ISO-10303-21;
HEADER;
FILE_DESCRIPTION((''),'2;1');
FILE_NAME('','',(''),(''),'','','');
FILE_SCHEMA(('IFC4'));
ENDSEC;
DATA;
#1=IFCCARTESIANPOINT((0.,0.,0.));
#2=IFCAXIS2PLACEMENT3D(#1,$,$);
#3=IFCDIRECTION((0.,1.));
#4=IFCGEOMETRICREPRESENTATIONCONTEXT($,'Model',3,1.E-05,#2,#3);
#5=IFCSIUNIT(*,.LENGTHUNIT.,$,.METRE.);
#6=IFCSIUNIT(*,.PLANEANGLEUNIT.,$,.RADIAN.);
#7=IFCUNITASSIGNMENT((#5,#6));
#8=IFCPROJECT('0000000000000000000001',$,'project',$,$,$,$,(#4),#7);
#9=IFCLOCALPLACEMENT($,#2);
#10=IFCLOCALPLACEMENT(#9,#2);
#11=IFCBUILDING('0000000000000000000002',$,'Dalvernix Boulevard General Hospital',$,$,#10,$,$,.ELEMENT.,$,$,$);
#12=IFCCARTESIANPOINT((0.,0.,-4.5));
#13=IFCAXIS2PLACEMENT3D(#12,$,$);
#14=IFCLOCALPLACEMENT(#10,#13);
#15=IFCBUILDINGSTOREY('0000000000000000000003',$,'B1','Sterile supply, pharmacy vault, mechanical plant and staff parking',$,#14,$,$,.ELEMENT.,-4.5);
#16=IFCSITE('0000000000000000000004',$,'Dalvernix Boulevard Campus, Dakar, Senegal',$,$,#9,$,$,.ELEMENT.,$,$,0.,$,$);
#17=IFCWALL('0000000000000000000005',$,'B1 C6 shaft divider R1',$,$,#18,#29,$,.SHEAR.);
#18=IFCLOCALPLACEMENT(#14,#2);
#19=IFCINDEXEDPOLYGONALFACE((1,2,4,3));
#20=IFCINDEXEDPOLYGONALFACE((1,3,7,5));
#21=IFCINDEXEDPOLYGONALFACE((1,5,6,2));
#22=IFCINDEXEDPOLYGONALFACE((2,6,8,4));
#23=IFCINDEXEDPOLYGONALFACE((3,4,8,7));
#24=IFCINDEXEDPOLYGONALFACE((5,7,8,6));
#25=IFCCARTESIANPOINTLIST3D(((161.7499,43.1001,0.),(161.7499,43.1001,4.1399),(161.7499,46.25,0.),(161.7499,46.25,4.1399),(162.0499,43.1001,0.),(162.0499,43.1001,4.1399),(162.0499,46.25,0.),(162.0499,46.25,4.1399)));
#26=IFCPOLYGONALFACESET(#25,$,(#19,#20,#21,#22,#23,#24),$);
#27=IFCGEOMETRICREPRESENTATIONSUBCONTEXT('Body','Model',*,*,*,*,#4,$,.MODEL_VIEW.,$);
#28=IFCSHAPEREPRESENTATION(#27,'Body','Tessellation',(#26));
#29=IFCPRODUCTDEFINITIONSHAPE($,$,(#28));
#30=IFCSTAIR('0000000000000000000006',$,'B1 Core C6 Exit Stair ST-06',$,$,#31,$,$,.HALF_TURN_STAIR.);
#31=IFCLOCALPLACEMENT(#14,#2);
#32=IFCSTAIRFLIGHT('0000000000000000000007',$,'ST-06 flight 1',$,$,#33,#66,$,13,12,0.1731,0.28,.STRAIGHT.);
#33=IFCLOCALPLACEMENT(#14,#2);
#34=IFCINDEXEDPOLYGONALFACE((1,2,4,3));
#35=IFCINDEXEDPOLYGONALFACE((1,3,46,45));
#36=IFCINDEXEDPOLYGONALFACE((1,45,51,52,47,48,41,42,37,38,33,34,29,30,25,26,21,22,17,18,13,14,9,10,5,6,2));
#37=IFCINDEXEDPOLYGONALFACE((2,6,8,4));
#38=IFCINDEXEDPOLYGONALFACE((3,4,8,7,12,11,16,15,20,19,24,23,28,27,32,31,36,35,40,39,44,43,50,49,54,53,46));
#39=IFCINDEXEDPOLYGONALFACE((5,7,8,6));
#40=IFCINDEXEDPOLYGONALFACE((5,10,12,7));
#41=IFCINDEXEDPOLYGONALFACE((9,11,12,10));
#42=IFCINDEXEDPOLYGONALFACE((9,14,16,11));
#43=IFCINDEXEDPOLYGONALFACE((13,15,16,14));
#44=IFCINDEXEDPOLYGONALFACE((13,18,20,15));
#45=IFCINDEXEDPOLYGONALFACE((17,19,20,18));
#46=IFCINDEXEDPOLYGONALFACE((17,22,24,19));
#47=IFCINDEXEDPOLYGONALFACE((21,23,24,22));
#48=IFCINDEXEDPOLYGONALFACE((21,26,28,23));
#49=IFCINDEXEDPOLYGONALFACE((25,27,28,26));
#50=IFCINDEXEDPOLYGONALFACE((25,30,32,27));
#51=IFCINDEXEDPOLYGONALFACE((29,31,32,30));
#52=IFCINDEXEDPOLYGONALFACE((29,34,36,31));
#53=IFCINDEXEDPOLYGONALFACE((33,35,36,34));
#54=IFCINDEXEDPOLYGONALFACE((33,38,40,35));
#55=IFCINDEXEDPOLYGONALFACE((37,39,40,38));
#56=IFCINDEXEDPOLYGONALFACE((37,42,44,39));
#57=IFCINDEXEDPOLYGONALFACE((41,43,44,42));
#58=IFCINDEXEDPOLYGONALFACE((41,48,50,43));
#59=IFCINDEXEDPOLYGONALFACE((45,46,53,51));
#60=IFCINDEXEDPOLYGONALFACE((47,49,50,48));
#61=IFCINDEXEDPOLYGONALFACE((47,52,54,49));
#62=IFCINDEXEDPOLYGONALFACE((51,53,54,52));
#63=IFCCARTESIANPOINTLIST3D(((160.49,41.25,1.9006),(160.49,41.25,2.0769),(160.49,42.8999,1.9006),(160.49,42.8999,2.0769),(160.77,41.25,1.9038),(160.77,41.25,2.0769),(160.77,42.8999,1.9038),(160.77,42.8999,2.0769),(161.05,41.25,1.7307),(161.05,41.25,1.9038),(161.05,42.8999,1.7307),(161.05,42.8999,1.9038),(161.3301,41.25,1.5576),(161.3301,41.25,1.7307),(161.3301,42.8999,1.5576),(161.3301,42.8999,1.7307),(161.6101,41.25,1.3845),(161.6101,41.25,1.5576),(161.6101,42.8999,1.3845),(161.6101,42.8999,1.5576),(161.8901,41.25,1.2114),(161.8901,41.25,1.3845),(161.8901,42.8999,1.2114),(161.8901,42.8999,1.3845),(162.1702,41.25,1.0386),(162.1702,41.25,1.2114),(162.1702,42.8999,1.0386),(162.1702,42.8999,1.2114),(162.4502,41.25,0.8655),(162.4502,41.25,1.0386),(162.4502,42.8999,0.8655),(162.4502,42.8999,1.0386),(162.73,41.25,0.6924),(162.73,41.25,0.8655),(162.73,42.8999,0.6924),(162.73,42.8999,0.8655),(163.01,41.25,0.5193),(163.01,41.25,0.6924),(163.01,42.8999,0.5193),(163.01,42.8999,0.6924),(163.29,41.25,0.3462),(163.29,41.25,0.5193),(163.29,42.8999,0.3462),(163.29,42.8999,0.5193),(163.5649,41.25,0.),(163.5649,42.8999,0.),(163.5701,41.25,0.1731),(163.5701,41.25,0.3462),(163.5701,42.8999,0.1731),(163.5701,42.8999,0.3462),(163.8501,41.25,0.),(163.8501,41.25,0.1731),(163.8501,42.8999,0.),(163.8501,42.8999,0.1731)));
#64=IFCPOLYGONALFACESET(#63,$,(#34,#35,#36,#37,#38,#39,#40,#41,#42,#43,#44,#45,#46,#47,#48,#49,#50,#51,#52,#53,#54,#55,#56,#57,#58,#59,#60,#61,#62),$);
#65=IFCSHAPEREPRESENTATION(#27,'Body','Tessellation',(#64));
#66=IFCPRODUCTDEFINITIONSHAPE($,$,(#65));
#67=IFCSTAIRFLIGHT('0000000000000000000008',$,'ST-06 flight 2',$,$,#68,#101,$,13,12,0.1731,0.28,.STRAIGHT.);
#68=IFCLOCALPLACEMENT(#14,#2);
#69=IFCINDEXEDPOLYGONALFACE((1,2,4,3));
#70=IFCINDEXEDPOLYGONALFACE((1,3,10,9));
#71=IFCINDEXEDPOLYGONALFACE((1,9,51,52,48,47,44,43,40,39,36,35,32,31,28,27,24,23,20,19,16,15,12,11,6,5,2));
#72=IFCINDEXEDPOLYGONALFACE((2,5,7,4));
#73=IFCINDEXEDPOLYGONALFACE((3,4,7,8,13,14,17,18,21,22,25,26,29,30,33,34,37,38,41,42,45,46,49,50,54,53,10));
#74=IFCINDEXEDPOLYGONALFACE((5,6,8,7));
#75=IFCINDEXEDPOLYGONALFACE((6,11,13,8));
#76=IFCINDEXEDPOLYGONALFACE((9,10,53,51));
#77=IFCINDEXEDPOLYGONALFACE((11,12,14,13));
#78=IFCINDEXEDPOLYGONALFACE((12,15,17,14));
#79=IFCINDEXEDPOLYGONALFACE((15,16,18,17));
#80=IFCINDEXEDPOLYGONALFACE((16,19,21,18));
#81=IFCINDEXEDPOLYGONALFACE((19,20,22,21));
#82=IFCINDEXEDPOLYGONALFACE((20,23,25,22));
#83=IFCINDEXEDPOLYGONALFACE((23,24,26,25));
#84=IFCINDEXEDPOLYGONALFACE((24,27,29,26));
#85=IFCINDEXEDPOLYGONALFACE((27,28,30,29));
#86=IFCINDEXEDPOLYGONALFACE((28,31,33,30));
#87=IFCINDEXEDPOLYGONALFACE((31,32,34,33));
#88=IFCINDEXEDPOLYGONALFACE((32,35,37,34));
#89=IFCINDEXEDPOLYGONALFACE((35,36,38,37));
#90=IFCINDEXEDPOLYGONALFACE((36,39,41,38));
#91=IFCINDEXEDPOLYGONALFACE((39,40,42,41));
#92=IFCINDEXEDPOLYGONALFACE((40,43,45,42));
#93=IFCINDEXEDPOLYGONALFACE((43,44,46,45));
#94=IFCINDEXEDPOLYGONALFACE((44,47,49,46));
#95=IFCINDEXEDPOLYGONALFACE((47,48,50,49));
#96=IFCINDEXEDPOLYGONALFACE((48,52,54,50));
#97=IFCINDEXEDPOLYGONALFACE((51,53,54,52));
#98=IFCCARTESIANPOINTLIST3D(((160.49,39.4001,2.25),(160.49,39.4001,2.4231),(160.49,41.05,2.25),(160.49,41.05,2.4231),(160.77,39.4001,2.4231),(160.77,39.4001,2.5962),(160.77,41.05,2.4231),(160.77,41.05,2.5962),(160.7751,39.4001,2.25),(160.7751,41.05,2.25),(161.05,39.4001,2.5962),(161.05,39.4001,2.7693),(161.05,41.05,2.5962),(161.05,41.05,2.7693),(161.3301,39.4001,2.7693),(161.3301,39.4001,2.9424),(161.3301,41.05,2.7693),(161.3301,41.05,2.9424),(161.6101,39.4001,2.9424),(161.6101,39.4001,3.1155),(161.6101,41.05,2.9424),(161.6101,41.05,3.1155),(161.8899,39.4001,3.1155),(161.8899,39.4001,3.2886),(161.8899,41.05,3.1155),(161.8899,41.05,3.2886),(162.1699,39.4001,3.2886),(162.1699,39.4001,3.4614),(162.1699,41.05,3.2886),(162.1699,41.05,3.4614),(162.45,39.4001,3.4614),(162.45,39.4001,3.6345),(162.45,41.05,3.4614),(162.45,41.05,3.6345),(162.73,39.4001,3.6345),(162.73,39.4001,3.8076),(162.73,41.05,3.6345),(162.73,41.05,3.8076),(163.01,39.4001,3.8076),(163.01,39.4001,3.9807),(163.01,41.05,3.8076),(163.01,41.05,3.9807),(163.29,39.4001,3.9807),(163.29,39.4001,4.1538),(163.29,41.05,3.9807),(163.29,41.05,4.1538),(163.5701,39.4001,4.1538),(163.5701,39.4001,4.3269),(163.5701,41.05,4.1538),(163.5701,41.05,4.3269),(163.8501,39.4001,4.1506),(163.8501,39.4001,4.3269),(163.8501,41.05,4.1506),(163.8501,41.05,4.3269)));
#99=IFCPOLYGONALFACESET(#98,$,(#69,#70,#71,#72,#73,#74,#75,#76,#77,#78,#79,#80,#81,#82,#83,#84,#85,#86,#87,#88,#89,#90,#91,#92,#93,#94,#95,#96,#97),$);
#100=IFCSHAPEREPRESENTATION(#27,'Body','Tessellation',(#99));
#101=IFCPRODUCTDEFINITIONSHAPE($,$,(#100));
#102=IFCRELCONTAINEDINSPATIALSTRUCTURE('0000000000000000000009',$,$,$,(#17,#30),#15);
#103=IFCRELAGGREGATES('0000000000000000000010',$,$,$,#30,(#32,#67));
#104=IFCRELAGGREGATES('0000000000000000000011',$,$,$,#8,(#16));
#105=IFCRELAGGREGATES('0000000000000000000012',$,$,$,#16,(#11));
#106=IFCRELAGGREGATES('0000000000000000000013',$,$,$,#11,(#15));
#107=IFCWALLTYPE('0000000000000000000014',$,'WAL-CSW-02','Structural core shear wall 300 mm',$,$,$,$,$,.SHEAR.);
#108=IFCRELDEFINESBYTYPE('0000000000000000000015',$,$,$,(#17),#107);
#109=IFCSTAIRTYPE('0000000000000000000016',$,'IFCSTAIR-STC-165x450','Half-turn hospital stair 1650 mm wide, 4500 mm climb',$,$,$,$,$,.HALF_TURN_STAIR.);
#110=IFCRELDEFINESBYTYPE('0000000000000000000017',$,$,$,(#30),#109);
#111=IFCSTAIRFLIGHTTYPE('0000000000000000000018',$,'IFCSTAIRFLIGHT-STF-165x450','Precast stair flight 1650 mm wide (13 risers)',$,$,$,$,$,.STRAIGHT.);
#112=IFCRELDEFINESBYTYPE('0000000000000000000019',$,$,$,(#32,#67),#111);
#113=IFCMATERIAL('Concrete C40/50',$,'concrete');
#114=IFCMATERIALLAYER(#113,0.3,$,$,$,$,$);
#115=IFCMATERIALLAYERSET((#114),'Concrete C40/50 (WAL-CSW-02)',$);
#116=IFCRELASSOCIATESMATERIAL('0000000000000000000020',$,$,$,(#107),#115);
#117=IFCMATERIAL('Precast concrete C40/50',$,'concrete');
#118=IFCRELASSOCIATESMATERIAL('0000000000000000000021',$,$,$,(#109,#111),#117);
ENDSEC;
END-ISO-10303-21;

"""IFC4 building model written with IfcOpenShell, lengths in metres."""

from ifc_helpers import new_model, si_unit, direction, frame, frame_2d, origin, place, context, subcontext, project, spatial, polyline, rectangle, outline, extrude, material, layer, layer_set, type_object, element, aggregate, save


model = new_model("IFC4")

# Units and contexts
model_context = context("Model", 3, precision=1e-05, world=origin(), true_north=direction((0.0, 1.0)))
body_context = subcontext(model_context, "Body", "Model", "MODEL_VIEW")
ifc_project = project(units=[si_unit("LENGTHUNIT", "METRE"), si_unit("PLANEANGLEUNIT", "RADIAN")], contexts=[model_context])

# Site, building, storey
site_placement = place(None, origin())
site = spatial("IfcSite", under=ifc_project, at=site_placement, Name="Dalvernix Boulevard Campus, Dakar, Senegal", CompositionType="ELEMENT", RefElevation=0.0)
building_placement = place(site_placement, origin())
building = spatial("IfcBuilding", under=site, at=building_placement, Name="Dalvernix Boulevard General Hospital", CompositionType="ELEMENT")
storey_placement = place(building_placement, frame((0.0, 0.0, -4.5)))
storey = spatial("IfcBuildingStorey", under=building, at=storey_placement, Name="B1", Description="Sterile supply, pharmacy vault, mechanical plant and staff parking", CompositionType="ELEMENT", Elevation=-4.5)

# Shared definitions
ifc_material_1 = material(Name="Concrete C40/50", Category="concrete")

# Shared definitions
ifc_layer = layer(ifc_material_1, 0.3)
ifc_layer_set = layer_set([ifc_layer], Name="Concrete C40/50 (WAL-CSW-02)")
wall_type = type_object("IfcWallType", Name="WAL-CSW-02", Description="Structural core shear wall 300 mm", PredefinedType="SHEAR", material=ifc_layer_set)

# Wall
wall_1_placement = place(storey_placement, frame((161.8999, 43.1001, 0.0), z_axis=(0.0, 0.0, 1.0), x_axis=(0.0, 1.0, 0.0)))
element("IfcWall", 1, at=wall_1_placement, inside=storey, type_object=wall_type, Name="B1 C6 shaft divider R1", PredefinedType="SHEAR", context=body_context, shape_type="SweptSolid", body=[
    extrude(rectangle(XDim=3.1499, YDim=0.3, at=frame_2d((1.575, 0.0))), origin(), (0.0, 0.0, 1.0), 4.1399),
])

# Stair, stair flights
ifc_material_2 = material(Name="Precast concrete C40/50", Category="concrete")
stair_type = type_object("IfcStairType", Name="IFCSTAIR-STC-165x450", Description="Half-turn hospital stair 1650 mm wide, 4500 mm climb", PredefinedType="HALF_TURN_STAIR", material=ifc_material_2)
stair_placement = place(storey_placement, origin())
stair = element("IfcStair", 2, at=stair_placement, inside=storey, type_object=stair_type, Name="B1 Core C6 Exit Stair ST-06", PredefinedType="HALF_TURN_STAIR")
stair_flight_type = type_object("IfcStairFlightType", Name="IFCSTAIRFLIGHT-STF-165x450", Description="Precast stair flight 1650 mm wide (13 risers)", PredefinedType="STRAIGHT", material=ifc_material_2)
stair_flight_1_placement = place(storey_placement, frame((163.8501, 42.075, 0.0), z_axis=(0.0, 0.0, 1.0), x_axis=(-1.0, 0.0, 0.0)))
stair_flight_1 = element("IfcStairFlight", 3, at=stair_flight_1_placement, type_object=stair_flight_type, Name="ST-06 flight 1", NumberOfRisers=13, NumberOfTreads=12, PredefinedType="STRAIGHT", RiserHeight=0.1731, TreadLength=0.28, context=body_context, shape_type="SweptSolid", body=[
    extrude(outline(polyline([(0.0, 0.0), (0.0, 0.1731), (0.28, 0.1731), (0.28, 0.3462), (0.5601, 0.3462), (0.5601, 0.5193), (0.8401, 0.5193), (0.8401, 0.6924), (1.1201, 0.6924), (1.1201, 0.8655), (1.3999, 0.8655), (1.3999, 1.0386), (1.6799, 1.0386), (1.6799, 1.2114), (1.96, 1.2114), (1.96, 1.3845), (2.24, 1.3845), (2.24, 1.5576), (2.52, 1.5576), (2.52, 1.7307), (2.8, 1.7307), (2.8, 1.9038), (3.0801, 1.9038), (3.0801, 2.0769), (3.3601, 2.0769), (3.3601, 2.25), (3.3601, 1.9006), (0.2852, 0.0), (0.0, 0.0)])), frame((0.0, 0.825, 0.0), z_axis=(0.0, -1.0, 0.0), x_axis=(1.0, 0.0, 0.0)), (0.0, 0.0, 1.0), 1.6499),
])
stair_flight_2_placement = place(storey_placement, frame((160.49, 40.2251, 2.25), z_axis=(0.0, 0.0, 1.0), x_axis=(1.0, 0.0, 0.0)))
stair_flight_2 = element("IfcStairFlight", 4, at=stair_flight_2_placement, type_object=stair_flight_type, Name="ST-06 flight 2", NumberOfRisers=13, NumberOfTreads=12, PredefinedType="STRAIGHT", RiserHeight=0.1731, TreadLength=0.28, context=body_context, shape_type="SweptSolid", body=[
    extrude(outline(polyline([(0.0, 0.0), (0.0, 0.1731), (0.28, 0.1731), (0.28, 0.3462), (0.5601, 0.3462), (0.5601, 0.5193), (0.8401, 0.5193), (0.8401, 0.6924), (1.1201, 0.6924), (1.1201, 0.8655), (1.3999, 0.8655), (1.3999, 1.0386), (1.6799, 1.0386), (1.6799, 1.2114), (1.96, 1.2114), (1.96, 1.3845), (2.24, 1.3845), (2.24, 1.5576), (2.52, 1.5576), (2.52, 1.7307), (2.8, 1.7307), (2.8, 1.9038), (3.0801, 1.9038), (3.0801, 2.0769), (3.3601, 2.0769), (3.3601, 2.25), (3.3601, 1.9006), (0.2852, 0.0), (0.0, 0.0)])), frame((0.0, 0.825, 0.0), z_axis=(0.0, -1.0, 0.0), x_axis=(1.0, 0.0, 0.0)), (0.0, 0.0, 1.0), 1.6499),
])
aggregate(stair, [stair_flight_1, stair_flight_2])

save(model, "model.ifc")
